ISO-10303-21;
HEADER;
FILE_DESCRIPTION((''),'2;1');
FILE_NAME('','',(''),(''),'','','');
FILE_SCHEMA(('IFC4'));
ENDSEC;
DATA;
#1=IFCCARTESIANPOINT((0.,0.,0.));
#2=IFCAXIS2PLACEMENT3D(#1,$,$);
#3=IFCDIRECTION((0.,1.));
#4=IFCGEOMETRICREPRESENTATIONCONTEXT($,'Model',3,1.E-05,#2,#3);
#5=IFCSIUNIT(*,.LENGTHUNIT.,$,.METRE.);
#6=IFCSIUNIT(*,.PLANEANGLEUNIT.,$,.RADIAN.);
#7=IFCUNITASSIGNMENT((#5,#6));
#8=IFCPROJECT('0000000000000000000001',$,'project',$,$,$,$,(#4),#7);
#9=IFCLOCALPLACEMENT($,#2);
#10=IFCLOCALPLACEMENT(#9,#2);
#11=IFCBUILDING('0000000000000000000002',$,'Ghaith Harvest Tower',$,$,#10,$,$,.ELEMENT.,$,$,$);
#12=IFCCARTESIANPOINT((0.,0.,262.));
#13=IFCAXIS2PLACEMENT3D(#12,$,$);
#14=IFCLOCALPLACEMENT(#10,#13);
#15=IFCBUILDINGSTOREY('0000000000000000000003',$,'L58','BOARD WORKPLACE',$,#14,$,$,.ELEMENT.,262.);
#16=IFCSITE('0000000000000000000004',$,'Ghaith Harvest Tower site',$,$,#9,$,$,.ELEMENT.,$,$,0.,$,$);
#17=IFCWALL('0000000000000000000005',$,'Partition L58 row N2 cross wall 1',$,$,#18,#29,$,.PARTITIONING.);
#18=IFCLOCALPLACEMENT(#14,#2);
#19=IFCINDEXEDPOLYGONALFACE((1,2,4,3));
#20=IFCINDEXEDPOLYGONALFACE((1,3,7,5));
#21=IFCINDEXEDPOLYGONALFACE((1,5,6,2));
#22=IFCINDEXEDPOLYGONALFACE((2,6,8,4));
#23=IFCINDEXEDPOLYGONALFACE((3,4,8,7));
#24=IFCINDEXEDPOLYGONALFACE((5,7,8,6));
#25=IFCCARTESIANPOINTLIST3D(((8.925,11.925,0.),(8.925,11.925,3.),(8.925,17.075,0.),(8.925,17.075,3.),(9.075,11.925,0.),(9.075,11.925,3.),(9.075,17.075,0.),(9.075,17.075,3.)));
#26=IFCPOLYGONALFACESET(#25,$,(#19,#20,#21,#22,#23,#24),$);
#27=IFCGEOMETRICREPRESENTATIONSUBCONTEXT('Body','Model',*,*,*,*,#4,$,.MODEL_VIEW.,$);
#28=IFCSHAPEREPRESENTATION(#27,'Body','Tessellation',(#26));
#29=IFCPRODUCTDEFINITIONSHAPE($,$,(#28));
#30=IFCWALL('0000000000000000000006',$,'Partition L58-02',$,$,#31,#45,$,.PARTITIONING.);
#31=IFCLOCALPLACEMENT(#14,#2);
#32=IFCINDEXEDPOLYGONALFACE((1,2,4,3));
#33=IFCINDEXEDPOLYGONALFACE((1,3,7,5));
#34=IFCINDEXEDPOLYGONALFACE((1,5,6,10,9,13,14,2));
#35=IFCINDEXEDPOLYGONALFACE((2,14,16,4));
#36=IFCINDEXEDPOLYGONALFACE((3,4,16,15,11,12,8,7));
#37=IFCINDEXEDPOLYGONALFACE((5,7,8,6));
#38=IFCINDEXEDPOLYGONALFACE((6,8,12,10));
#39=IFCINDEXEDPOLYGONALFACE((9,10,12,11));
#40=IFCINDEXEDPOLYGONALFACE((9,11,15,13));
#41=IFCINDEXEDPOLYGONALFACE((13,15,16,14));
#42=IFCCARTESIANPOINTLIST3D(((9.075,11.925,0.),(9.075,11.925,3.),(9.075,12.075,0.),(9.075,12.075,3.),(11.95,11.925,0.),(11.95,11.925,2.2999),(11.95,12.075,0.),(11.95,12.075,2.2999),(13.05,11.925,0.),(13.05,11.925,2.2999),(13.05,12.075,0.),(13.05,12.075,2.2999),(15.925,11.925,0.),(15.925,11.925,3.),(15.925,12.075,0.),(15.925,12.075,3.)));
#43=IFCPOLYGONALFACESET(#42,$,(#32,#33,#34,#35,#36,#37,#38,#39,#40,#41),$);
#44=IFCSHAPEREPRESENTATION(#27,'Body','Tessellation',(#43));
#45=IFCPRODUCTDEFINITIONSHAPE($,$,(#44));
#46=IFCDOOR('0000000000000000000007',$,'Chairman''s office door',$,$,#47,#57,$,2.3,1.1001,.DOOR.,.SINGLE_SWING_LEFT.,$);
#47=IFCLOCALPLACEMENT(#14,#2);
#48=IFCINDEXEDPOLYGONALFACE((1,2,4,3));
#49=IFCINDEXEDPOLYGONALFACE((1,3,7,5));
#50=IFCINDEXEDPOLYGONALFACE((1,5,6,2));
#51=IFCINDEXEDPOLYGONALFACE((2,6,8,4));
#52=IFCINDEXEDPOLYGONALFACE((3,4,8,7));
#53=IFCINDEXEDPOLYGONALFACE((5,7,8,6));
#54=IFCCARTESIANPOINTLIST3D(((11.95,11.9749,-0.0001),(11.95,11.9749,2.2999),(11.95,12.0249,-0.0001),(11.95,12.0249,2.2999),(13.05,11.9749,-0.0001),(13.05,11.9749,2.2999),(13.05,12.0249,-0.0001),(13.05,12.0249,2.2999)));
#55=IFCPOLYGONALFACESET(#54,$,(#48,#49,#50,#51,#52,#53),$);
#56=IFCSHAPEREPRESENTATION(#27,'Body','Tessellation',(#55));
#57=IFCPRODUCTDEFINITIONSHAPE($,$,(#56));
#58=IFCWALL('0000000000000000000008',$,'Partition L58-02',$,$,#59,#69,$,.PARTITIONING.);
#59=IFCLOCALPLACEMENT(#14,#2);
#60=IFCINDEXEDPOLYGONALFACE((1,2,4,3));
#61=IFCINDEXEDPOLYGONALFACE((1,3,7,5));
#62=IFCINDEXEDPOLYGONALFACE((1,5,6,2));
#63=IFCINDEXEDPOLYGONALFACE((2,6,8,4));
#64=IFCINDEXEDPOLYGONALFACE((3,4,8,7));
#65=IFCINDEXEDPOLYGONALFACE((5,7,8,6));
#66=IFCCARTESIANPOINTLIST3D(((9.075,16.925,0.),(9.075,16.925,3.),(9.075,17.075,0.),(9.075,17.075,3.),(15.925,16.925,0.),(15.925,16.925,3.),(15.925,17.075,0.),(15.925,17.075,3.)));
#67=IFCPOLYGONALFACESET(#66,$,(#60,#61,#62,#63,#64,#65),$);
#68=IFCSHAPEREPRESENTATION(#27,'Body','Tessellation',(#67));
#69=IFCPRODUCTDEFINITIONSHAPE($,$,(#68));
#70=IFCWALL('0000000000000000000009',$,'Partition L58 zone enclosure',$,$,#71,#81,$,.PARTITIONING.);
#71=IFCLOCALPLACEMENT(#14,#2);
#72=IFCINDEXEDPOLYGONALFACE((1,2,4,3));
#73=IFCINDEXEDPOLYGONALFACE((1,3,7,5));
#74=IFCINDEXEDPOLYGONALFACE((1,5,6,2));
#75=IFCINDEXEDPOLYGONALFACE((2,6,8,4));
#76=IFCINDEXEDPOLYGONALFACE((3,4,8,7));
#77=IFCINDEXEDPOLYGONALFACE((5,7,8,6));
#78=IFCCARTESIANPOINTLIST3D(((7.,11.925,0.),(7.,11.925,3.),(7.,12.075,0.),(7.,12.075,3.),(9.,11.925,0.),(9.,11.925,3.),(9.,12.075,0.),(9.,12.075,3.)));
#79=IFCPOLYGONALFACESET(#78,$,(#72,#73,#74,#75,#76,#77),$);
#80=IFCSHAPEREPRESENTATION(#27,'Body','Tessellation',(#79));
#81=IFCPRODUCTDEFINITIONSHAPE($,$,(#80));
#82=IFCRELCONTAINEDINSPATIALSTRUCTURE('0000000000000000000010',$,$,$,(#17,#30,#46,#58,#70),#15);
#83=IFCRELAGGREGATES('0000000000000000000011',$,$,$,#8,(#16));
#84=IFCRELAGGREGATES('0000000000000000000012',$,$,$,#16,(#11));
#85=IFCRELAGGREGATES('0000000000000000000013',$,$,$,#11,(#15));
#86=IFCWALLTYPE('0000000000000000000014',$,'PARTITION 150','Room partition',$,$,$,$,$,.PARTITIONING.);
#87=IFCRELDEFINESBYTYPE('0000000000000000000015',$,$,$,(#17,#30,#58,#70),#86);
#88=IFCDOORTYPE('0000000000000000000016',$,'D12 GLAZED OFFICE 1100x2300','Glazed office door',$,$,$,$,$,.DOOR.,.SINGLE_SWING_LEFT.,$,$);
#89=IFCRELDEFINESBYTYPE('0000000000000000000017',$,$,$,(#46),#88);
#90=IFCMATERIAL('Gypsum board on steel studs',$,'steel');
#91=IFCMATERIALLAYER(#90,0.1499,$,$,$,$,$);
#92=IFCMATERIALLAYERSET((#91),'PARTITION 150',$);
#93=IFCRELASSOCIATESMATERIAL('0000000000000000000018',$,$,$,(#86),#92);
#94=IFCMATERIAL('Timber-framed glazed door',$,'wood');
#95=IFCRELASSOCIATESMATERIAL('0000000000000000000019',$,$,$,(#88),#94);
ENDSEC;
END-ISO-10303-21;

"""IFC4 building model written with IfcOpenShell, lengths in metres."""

from ifc_helpers import new_model, si_unit, direction, frame, frame_2d, origin, place, context, subcontext, project, spatial, rectangle, extrude, material, layer, layer_set, type_object, element, fill, save


model = new_model("IFC4")

# Units and contexts
model_context = context("Model", 3, precision=1e-05, world=origin(), true_north=direction((0.0, 1.0)))
body_context = subcontext(model_context, "Body", "Model", "MODEL_VIEW")
ifc_project = project(units=[si_unit("LENGTHUNIT", "METRE"), si_unit("PLANEANGLEUNIT", "RADIAN")], contexts=[model_context])

# Site, building, storey
site_placement = place(None, origin())
site = spatial("IfcSite", under=ifc_project, at=site_placement, Name="Ghaith Harvest Tower site", CompositionType="ELEMENT", RefElevation=0.0)
building_placement = place(site_placement, origin())
building = spatial("IfcBuilding", under=site, at=building_placement, Name="Ghaith Harvest Tower", CompositionType="ELEMENT")
storey_placement = place(building_placement, frame((0.0, 0.0, 262.0)))
storey = spatial("IfcBuildingStorey", under=building, at=storey_placement, Name="L58", Description="BOARD WORKPLACE", CompositionType="ELEMENT", Elevation=262.0)

# Wall
ifc_material_1 = material(Name="Gypsum board on steel studs", Category="steel")
ifc_layer_1 = layer(ifc_material_1, 0.1499)
ifc_layer_set_1 = layer_set([ifc_layer_1], Name="PARTITION 150")
wall_type_1 = type_object("IfcWallType", Name="PARTITION 150", Description="Room partition", PredefinedType="PARTITIONING", material=ifc_layer_set_1)
wall_1_placement = place(storey_placement, frame((9.0, 11.925, 0.0), z_axis=(0.0, 0.0, 1.0), x_axis=(0.0, 1.0, 0.0)))
element("IfcWall", 1, at=wall_1_placement, inside=storey, type_object=wall_type_1, Name="Partition L58 row N2 cross wall 1", PredefinedType="PARTITIONING", context=body_context, shape_type="SweptSolid", body=[
    extrude(rectangle(XDim=5.1499, YDim=0.1499, at=frame_2d((2.575, 0.0))), origin(), (0.0, 0.0, 1.0), 3.0),
])

# Wall, opening, door
wall_2_placement = place(storey_placement, frame((9.075, 12.0, 0.0), z_axis=(0.0, 0.0, 1.0), x_axis=(1.0, 0.0, 0.0)))
wall_2 = element("IfcWall", 2, at=wall_2_placement, inside=storey, type_object=wall_type_1, Name="Partition L58-02", PredefinedType="PARTITIONING", context=body_context, shape_type="SweptSolid", body=[
    extrude(rectangle(XDim=6.8501, YDim=0.1499, at=frame_2d((3.425, 0.0))), origin(), (0.0, 0.0, 1.0), 3.0),
])
opening_placement = place(wall_2_placement, frame((2.875, 0.0, 0.0)))
opening = element("IfcOpeningElement", 3, at=opening_placement, cuts=wall_2, PredefinedType="OPENING", context=body_context, shape_type="SweptSolid", body=[
    extrude(rectangle(XDim=1.1001, YDim=2.3, at=frame_2d((0.55, 1.1499))), frame((0.0, 0.085, 0.0), z_axis=(0.0, -1.0, 0.0), x_axis=(1.0, 0.0, 0.0)), (0.0, 0.0, 1.0), 0.1699),
])
ifc_material_2 = material(Name="Timber-framed glazed door", Category="wood")
door_type = type_object("IfcDoorType", Name="D12 GLAZED OFFICE 1100x2300", Description="Glazed office door", OperationType="SINGLE_SWING_LEFT", PredefinedType="DOOR", material=ifc_material_2)
door_placement = place(opening_placement, origin())
door = element("IfcDoor", 4, at=door_placement, inside=storey, type_object=door_type, Name="Chairman's office door", OperationType="SINGLE_SWING_LEFT", OverallHeight=2.3, OverallWidth=1.1001, PredefinedType="DOOR", context=body_context, shape_type="SweptSolid", body=[
    extrude(rectangle(XDim=1.1001, YDim=2.3, at=frame_2d((0.55, 1.1499))), frame((0.0, 0.0249, 0.0), z_axis=(0.0, -1.0, 0.0), x_axis=(1.0, 0.0, 0.0)), (0.0, 0.0, 1.0), 0.05),
])
fill(opening, door)

# Walls
wall_3_placement = place(storey_placement, frame((9.075, 17.0, 0.0), z_axis=(0.0, 0.0, 1.0), x_axis=(1.0, 0.0, 0.0)))
element("IfcWall", 5, at=wall_3_placement, inside=storey, type_object=wall_type_1, Name="Partition L58-02", PredefinedType="PARTITIONING", context=body_context, shape_type="SweptSolid", body=[
    extrude(rectangle(XDim=6.8501, YDim=0.1499, at=frame_2d((3.425, 0.0))), origin(), (0.0, 0.0, 1.0), 3.0),
])
wall_4_placement = place(storey_placement, frame((9.0, 12.0, 0.0), z_axis=(0.0, 0.0, 1.0), x_axis=(-1.0, 0.0, 0.0)))
element("IfcWall", 6, at=wall_4_placement, inside=storey, type_object=wall_type_1, Name="Partition L58 zone enclosure", PredefinedType="PARTITIONING", context=body_context, shape_type="SweptSolid", body=[
    extrude(rectangle(XDim=2.0, YDim=0.1499, at=frame_2d((1.0, 0.0))), origin(), (0.0, 0.0, 1.0), 3.0),
])

save(model, "model.ifc")
